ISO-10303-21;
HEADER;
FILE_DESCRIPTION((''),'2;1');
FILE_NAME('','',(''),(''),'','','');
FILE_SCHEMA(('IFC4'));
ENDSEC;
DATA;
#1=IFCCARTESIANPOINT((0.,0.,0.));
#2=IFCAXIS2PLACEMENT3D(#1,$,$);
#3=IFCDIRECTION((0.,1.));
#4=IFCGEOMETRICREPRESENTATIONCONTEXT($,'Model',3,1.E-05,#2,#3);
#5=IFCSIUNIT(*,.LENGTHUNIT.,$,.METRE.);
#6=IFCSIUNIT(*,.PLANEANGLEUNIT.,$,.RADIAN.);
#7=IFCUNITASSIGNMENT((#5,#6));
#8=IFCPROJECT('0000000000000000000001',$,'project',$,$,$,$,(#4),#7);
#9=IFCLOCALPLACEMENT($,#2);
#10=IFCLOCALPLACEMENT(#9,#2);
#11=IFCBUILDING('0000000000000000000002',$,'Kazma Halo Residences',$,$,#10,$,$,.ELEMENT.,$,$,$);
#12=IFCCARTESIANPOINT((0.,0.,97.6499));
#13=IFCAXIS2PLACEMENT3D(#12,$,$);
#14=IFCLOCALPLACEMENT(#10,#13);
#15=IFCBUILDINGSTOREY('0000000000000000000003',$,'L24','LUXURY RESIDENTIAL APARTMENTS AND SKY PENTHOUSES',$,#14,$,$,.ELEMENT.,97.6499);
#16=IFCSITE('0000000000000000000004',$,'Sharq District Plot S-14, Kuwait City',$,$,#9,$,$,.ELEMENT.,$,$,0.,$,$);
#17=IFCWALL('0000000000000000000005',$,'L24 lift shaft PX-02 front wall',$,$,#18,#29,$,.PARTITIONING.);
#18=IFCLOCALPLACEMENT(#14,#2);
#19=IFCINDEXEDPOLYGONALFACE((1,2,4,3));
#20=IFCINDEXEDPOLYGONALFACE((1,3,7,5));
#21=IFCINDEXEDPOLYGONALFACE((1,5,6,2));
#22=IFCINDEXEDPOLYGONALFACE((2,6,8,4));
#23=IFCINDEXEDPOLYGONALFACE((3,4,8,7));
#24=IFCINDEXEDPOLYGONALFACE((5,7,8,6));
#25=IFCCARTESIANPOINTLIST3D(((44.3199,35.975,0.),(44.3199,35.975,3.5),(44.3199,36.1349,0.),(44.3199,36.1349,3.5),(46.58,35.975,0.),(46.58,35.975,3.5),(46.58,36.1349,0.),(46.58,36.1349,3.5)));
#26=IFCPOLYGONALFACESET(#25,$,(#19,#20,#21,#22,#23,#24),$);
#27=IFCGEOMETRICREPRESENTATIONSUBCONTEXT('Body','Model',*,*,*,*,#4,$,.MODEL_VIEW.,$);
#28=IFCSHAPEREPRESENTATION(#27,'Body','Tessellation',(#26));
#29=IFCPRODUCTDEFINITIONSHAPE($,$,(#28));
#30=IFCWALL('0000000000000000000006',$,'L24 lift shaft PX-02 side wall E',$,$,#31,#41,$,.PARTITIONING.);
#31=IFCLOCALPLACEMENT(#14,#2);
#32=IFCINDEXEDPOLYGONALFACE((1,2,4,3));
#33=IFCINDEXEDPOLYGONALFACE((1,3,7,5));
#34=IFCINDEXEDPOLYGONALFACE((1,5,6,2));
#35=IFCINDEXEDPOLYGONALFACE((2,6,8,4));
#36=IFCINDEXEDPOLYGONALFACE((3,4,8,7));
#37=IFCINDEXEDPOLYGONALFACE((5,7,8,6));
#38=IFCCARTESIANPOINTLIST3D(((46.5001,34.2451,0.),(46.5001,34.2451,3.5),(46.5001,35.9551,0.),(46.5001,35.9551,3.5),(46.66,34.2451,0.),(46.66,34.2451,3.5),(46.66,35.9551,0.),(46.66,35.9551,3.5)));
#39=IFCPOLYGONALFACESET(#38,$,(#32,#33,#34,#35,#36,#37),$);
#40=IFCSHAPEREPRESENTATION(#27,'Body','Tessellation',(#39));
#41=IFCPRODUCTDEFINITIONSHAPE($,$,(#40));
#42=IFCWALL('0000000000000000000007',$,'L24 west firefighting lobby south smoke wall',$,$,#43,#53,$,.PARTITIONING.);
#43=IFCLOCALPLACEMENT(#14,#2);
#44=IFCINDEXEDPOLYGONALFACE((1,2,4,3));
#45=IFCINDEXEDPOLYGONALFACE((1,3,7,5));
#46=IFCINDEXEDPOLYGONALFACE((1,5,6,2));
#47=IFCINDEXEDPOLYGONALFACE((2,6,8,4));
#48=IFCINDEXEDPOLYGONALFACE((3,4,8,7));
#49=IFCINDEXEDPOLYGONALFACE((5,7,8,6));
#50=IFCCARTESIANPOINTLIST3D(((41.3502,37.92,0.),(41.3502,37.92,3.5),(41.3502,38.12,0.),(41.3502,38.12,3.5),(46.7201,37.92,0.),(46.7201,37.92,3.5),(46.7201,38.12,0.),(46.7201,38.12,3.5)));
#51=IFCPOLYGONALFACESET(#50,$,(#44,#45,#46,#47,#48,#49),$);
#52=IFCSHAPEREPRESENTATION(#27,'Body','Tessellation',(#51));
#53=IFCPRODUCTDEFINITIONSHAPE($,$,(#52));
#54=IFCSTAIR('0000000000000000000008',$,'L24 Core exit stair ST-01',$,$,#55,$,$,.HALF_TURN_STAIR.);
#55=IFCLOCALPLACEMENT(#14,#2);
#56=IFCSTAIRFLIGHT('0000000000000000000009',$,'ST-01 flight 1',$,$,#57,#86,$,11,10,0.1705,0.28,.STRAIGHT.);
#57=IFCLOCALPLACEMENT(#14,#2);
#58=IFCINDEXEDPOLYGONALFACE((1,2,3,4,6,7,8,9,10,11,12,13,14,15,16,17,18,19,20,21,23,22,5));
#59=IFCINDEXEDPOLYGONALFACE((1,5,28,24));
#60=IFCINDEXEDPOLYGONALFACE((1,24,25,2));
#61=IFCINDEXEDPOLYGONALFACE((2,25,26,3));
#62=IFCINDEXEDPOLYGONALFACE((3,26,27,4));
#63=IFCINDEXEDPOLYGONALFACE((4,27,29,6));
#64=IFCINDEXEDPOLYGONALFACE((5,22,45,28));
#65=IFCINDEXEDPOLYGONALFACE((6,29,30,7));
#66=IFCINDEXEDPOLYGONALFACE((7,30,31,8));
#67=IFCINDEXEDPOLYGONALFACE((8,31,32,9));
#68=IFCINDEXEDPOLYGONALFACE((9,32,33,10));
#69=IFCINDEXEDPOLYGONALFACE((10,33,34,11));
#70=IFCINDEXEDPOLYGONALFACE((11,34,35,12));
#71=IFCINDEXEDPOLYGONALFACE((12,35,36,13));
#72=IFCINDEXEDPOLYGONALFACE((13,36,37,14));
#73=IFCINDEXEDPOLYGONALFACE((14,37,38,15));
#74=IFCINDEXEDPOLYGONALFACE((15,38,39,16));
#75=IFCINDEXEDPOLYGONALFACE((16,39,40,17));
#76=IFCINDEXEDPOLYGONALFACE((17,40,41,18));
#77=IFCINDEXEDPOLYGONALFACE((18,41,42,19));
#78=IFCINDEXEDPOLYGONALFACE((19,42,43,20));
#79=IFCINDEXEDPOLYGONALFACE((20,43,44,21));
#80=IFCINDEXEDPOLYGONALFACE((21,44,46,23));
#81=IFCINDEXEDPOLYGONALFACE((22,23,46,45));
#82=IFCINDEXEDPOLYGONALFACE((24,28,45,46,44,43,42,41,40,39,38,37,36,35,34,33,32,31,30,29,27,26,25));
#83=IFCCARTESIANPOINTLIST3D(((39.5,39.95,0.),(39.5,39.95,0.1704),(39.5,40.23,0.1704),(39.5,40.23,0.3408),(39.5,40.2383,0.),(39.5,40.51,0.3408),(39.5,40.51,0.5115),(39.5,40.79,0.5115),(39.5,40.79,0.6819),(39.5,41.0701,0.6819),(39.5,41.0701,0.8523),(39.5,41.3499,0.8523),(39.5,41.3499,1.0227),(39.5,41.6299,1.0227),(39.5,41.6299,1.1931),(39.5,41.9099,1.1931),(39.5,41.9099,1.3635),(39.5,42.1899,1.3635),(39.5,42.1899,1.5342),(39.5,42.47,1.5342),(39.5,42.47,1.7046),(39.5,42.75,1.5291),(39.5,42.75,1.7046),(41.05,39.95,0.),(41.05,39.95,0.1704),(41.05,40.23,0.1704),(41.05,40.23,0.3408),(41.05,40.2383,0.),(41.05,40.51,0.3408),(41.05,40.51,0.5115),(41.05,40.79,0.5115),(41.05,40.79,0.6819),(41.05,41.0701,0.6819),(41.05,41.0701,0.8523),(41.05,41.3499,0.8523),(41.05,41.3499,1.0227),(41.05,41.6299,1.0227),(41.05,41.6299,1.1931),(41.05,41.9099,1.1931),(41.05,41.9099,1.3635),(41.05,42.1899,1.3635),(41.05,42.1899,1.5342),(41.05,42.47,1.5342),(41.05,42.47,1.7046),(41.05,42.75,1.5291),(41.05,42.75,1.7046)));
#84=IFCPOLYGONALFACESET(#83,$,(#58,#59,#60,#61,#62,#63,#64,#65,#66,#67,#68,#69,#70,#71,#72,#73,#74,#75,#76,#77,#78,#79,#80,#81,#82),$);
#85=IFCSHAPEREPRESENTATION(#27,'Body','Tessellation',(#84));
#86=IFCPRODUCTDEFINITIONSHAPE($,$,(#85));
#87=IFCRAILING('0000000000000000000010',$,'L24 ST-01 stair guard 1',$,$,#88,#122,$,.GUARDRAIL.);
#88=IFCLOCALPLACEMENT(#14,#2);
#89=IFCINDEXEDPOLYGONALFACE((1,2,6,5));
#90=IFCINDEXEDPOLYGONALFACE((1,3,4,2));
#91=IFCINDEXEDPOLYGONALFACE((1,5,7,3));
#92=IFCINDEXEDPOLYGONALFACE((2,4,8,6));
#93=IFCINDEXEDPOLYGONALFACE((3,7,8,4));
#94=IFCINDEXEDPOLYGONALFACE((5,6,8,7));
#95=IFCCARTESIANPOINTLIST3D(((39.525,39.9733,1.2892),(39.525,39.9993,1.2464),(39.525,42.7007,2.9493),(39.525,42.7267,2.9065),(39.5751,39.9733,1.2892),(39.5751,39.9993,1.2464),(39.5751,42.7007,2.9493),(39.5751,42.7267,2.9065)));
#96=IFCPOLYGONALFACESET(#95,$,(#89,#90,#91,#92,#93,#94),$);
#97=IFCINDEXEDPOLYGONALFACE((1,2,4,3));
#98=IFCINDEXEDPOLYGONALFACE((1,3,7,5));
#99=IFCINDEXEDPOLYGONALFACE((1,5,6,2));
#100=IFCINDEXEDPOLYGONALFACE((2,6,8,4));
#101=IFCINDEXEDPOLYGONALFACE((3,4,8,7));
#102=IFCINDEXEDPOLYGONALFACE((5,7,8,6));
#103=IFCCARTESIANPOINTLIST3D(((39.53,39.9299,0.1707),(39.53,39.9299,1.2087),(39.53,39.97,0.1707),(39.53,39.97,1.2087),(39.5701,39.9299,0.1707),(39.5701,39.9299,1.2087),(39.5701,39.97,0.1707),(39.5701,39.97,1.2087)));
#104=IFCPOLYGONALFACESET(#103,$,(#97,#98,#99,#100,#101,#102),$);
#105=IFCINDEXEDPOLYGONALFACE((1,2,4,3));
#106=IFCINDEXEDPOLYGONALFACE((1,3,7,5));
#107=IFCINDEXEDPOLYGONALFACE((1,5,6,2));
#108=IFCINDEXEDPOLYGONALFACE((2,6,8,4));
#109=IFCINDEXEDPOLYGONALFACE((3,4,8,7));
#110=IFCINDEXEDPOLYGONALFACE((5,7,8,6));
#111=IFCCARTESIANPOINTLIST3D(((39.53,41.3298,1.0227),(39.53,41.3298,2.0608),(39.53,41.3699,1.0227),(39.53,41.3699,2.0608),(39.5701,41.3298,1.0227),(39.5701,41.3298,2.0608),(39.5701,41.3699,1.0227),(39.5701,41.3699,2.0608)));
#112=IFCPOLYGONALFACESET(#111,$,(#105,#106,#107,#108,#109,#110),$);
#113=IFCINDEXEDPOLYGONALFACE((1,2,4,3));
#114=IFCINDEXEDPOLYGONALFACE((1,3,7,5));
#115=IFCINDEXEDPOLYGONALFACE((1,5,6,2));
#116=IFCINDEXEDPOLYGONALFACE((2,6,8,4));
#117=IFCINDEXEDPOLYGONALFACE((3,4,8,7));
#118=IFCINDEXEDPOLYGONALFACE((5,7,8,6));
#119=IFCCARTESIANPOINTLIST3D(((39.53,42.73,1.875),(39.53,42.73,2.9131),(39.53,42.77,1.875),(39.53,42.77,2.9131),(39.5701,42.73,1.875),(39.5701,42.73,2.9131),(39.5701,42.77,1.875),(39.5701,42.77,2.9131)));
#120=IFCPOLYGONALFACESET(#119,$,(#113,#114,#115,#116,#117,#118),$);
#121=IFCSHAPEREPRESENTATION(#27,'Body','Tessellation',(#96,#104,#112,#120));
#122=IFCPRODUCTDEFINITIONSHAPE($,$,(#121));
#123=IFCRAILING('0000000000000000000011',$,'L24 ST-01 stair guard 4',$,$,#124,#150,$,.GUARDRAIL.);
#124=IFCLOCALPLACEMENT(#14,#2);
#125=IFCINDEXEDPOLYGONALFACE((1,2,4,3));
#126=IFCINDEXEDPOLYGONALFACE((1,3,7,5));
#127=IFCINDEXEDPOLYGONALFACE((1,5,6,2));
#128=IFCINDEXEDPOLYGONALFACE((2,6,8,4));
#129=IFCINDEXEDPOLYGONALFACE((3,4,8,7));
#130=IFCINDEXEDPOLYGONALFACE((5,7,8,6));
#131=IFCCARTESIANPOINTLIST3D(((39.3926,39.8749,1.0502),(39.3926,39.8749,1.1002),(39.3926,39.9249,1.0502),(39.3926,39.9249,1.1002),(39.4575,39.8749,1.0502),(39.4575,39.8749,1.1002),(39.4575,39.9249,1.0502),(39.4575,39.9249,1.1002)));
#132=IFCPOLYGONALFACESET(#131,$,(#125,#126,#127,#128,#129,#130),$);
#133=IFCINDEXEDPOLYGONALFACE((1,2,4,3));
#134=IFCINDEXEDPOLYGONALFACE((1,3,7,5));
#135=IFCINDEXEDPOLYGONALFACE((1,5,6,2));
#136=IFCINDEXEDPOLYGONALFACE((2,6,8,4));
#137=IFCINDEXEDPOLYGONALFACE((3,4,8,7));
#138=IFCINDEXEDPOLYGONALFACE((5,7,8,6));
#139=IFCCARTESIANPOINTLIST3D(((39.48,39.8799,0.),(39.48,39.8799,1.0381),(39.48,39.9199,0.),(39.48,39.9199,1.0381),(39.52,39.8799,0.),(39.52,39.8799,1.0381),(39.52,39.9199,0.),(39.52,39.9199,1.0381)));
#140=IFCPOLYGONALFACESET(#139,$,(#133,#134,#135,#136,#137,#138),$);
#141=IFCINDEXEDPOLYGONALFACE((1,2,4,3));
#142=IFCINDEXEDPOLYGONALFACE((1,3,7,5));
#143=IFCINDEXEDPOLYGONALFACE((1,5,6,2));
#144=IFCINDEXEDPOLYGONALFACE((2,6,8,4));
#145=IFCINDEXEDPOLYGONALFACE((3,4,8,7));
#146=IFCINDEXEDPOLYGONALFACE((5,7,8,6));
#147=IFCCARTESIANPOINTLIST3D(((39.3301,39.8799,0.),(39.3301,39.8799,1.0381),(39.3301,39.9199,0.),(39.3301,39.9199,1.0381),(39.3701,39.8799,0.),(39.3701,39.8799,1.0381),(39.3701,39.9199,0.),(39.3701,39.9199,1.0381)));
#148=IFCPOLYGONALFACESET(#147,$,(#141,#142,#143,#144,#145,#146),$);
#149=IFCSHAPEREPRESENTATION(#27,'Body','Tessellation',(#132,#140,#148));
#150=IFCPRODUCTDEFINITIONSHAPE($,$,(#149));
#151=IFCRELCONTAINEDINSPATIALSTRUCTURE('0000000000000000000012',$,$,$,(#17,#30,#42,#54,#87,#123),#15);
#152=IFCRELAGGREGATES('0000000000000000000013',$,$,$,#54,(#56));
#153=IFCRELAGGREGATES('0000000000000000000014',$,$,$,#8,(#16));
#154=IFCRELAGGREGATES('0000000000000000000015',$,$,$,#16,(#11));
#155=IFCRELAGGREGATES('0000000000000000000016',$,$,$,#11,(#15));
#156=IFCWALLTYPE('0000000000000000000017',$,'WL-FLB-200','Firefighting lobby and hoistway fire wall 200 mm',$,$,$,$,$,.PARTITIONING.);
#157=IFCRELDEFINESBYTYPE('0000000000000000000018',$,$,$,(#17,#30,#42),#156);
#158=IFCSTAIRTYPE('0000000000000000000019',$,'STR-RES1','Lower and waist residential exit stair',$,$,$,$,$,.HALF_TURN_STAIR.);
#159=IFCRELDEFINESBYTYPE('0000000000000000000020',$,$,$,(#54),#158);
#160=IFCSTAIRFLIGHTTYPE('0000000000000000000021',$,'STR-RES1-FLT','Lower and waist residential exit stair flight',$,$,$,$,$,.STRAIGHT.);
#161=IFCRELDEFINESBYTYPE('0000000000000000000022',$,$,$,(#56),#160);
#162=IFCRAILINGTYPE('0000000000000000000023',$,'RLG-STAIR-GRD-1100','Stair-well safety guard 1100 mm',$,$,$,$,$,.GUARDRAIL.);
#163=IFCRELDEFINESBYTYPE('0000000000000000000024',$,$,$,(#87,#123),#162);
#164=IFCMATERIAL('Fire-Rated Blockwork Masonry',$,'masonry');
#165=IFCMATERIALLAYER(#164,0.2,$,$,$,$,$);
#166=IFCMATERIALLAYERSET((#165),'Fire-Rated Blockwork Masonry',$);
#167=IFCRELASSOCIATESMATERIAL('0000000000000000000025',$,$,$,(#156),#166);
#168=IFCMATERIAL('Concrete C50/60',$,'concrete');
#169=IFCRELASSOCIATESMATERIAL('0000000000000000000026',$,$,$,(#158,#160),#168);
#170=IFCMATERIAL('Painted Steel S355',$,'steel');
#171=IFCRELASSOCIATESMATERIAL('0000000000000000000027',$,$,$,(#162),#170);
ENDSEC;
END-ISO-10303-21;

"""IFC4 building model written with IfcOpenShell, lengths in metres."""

from ifc_helpers import new_model, si_unit, direction, frame, frame_2d, origin, origin_2d, place, context, subcontext, project, spatial, polyline, rectangle, outline, extrude, material, layer, layer_set, type_object, element, aggregate, save


model = new_model("IFC4")

# Units and contexts
model_context = context("Model", 3, precision=1e-05, world=origin(), true_north=direction((0.0, 1.0)))
body_context = subcontext(model_context, "Body", "Model", "MODEL_VIEW")
ifc_project = project(units=[si_unit("LENGTHUNIT", "METRE"), si_unit("PLANEANGLEUNIT", "RADIAN")], contexts=[model_context])

# Site, building, storey
site_placement = place(None, origin())
site = spatial("IfcSite", under=ifc_project, at=site_placement, Name="Sharq District Plot S-14, Kuwait City", CompositionType="ELEMENT", RefElevation=0.0)
building_placement = place(site_placement, origin())
building = spatial("IfcBuilding", under=site, at=building_placement, Name="Kazma Halo Residences", CompositionType="ELEMENT")
storey_placement = place(building_placement, frame((0.0, 0.0, 97.6499)))
storey = spatial("IfcBuildingStorey", under=building, at=storey_placement, Name="L24", Description="LUXURY RESIDENTIAL APARTMENTS AND SKY PENTHOUSES", CompositionType="ELEMENT", Elevation=97.6499)

# Shared definitions
ifc_material_1 = material(Name="Fire-Rated Blockwork Masonry", Category="masonry")
ifc_layer_1 = layer(ifc_material_1, 0.2)
ifc_layer_set_1 = layer_set([ifc_layer_1], Name="Fire-Rated Blockwork Masonry")
wall_type_1 = type_object("IfcWallType", Name="WL-FLB-200", Description="Firefighting lobby and hoistway fire wall 200 mm", PredefinedType="PARTITIONING", material=ifc_layer_set_1)

# Walls
wall_1_placement = place(storey_placement, frame((44.3201, 36.0549, 0.0), z_axis=(0.0, 0.0, 1.0), x_axis=(1.0, 0.0, 0.0)))
element("IfcWall", 1, at=wall_1_placement, inside=storey, type_object=wall_type_1, Name="L24 lift shaft PX-02 front wall", PredefinedType="PARTITIONING", context=body_context, shape_type="SweptSolid", body=[
    extrude(rectangle(XDim=2.26, YDim=0.1599, at=frame_2d((1.1299, 0.0))), origin(), (0.0, 0.0, 1.0), 3.5),
])
wall_2_placement = place(storey_placement, frame((46.5801, 34.2451, 0.0), z_axis=(0.0, 0.0, 1.0), x_axis=(0.0, 1.0, 0.0)))
element("IfcWall", 2, at=wall_2_placement, inside=storey, type_object=wall_type_1, Name="L24 lift shaft PX-02 side wall E", PredefinedType="PARTITIONING", context=body_context, shape_type="SweptSolid", body=[
    extrude(rectangle(XDim=1.71, YDim=0.1599, at=frame_2d((0.855, 0.0))), origin(), (0.0, 0.0, 1.0), 3.5),
])
wall_3_placement = place(storey_placement, frame((41.3501, 38.02, 0.0), z_axis=(0.0, 0.0, 1.0), x_axis=(1.0, 0.0, 0.0)))
element("IfcWall", 3, at=wall_3_placement, inside=storey, type_object=wall_type_1, Name="L24 west firefighting lobby south smoke wall", PredefinedType="PARTITIONING", context=body_context, shape_type="SweptSolid", body=[
    extrude(rectangle(XDim=5.3699, YDim=0.2, at=frame_2d((2.6851, 0.0))), origin(), (0.0, 0.0, 1.0), 3.5),
])

# Shared definitions
ifc_material_2 = material(Name="Concrete C50/60", Category="concrete")

# Stair, stair flight
stair_type = type_object("IfcStairType", Name="STR-RES1", Description="Lower and waist residential exit stair", PredefinedType="HALF_TURN_STAIR", material=ifc_material_2)
stair_placement = place(storey_placement, origin())
stair = element("IfcStair", 4, at=stair_placement, inside=storey, type_object=stair_type, Name="L24 Core exit stair ST-01", PredefinedType="HALF_TURN_STAIR")
stair_flight_type = type_object("IfcStairFlightType", Name="STR-RES1-FLT", Description="Lower and waist residential exit stair flight", PredefinedType="STRAIGHT", material=ifc_material_2)
stair_flight_placement = place(storey_placement, frame((40.2749, 39.95, 0.0), z_axis=(0.0, 0.0, 1.0), x_axis=(0.0, 1.0, 0.0)))
stair_flight = element("IfcStairFlight", 5, at=stair_flight_placement, type_object=stair_flight_type, Name="ST-01 flight 1", NumberOfRisers=11, NumberOfTreads=10, PredefinedType="STRAIGHT", RiserHeight=0.1705, TreadLength=0.28, context=body_context, shape_type="SweptSolid", body=[
    extrude(outline(polyline([(0.0, 0.0), (0.0, 0.1704), (0.28, 0.1704), (0.28, 0.3408), (0.5601, 0.3408), (0.5601, 0.5115), (0.8401, 0.5115), (0.8401, 0.6819), (1.1201, 0.6819), (1.1201, 0.8523), (1.3999, 0.8523), (1.3999, 1.0227), (1.6799, 1.0227), (1.6799, 1.1931), (1.96, 1.1931), (1.96, 1.3635), (2.24, 1.3635), (2.24, 1.5342), (2.52, 1.5342), (2.52, 1.7046), (2.8, 1.7046), (2.8, 1.875), (2.8, 1.5291), (0.2883, 0.0), (0.0, 0.0)])), frame((0.0, 0.7749, 0.0), z_axis=(0.0, -1.0, 0.0), x_axis=(1.0, 0.0, 0.0)), (0.0, 0.0, 1.0), 1.55),
])
aggregate(stair, [stair_flight])

# Railings
ifc_material_3 = material(Name="Painted Steel S355", Category="steel")
railing_type = type_object("IfcRailingType", Name="RLG-STAIR-GRD-1100", Description="Stair-well safety guard 1100 mm", PredefinedType="GUARDRAIL", material=ifc_material_3)
railing_1_placement = place(storey_placement, frame((39.55, 39.95, 0.1707)))
element("IfcRailing", 6, at=railing_1_placement, inside=storey, type_object=railing_type, Name="L24 ST-01 stair guard 1", PredefinedType="GUARDRAIL", context=body_context, shape_type="SweptSolid", body=[
    extrude(rectangle(XDim=0.05, YDim=0.05, at=origin_2d()), frame((0.0, 0.0364, 1.0972), z_axis=(0.0, 0.854203, 0.51994), x_axis=(-1.0, 0.0, 0.0)), (0.0, 0.0, 1.0), 3.1929),
    extrude(rectangle(XDim=0.04, YDim=0.04, at=origin_2d()), origin(), (0.0, 0.0, 1.0), 1.0381),
    extrude(rectangle(XDim=0.04, YDim=0.04, at=origin_2d()), frame((0.0, 1.3999, 0.8521)), (0.0, 0.0, 1.0), 1.0381),
    extrude(rectangle(XDim=0.04, YDim=0.04, at=origin_2d()), frame((0.0, 2.8, 1.7043)), (0.0, 0.0, 1.0), 1.0381),
])
railing_2_placement = place(storey_placement, frame((39.5, 39.8999, 0.0)))
element("IfcRailing", 7, at=railing_2_placement, inside=storey, type_object=railing_type, Name="L24 ST-01 stair guard 4", PredefinedType="GUARDRAIL", context=body_context, shape_type="SweptSolid", body=[
    extrude(rectangle(XDim=0.05, YDim=0.05, at=origin_2d()), frame((-0.0425, 0.0, 1.0752), z_axis=(-1.0, 0.0, 0.0), x_axis=(0.0, -1.0, 0.0)), (0.0, 0.0, 1.0), 0.0649),
    extrude(rectangle(XDim=0.04, YDim=0.04, at=origin_2d()), origin(), (0.0, 0.0, 1.0), 1.0381),
    extrude(rectangle(XDim=0.04, YDim=0.04, at=origin_2d()), frame((-0.1499, 0.0, 0.0)), (0.0, 0.0, 1.0), 1.0381),
])

save(model, "model.ifc")
